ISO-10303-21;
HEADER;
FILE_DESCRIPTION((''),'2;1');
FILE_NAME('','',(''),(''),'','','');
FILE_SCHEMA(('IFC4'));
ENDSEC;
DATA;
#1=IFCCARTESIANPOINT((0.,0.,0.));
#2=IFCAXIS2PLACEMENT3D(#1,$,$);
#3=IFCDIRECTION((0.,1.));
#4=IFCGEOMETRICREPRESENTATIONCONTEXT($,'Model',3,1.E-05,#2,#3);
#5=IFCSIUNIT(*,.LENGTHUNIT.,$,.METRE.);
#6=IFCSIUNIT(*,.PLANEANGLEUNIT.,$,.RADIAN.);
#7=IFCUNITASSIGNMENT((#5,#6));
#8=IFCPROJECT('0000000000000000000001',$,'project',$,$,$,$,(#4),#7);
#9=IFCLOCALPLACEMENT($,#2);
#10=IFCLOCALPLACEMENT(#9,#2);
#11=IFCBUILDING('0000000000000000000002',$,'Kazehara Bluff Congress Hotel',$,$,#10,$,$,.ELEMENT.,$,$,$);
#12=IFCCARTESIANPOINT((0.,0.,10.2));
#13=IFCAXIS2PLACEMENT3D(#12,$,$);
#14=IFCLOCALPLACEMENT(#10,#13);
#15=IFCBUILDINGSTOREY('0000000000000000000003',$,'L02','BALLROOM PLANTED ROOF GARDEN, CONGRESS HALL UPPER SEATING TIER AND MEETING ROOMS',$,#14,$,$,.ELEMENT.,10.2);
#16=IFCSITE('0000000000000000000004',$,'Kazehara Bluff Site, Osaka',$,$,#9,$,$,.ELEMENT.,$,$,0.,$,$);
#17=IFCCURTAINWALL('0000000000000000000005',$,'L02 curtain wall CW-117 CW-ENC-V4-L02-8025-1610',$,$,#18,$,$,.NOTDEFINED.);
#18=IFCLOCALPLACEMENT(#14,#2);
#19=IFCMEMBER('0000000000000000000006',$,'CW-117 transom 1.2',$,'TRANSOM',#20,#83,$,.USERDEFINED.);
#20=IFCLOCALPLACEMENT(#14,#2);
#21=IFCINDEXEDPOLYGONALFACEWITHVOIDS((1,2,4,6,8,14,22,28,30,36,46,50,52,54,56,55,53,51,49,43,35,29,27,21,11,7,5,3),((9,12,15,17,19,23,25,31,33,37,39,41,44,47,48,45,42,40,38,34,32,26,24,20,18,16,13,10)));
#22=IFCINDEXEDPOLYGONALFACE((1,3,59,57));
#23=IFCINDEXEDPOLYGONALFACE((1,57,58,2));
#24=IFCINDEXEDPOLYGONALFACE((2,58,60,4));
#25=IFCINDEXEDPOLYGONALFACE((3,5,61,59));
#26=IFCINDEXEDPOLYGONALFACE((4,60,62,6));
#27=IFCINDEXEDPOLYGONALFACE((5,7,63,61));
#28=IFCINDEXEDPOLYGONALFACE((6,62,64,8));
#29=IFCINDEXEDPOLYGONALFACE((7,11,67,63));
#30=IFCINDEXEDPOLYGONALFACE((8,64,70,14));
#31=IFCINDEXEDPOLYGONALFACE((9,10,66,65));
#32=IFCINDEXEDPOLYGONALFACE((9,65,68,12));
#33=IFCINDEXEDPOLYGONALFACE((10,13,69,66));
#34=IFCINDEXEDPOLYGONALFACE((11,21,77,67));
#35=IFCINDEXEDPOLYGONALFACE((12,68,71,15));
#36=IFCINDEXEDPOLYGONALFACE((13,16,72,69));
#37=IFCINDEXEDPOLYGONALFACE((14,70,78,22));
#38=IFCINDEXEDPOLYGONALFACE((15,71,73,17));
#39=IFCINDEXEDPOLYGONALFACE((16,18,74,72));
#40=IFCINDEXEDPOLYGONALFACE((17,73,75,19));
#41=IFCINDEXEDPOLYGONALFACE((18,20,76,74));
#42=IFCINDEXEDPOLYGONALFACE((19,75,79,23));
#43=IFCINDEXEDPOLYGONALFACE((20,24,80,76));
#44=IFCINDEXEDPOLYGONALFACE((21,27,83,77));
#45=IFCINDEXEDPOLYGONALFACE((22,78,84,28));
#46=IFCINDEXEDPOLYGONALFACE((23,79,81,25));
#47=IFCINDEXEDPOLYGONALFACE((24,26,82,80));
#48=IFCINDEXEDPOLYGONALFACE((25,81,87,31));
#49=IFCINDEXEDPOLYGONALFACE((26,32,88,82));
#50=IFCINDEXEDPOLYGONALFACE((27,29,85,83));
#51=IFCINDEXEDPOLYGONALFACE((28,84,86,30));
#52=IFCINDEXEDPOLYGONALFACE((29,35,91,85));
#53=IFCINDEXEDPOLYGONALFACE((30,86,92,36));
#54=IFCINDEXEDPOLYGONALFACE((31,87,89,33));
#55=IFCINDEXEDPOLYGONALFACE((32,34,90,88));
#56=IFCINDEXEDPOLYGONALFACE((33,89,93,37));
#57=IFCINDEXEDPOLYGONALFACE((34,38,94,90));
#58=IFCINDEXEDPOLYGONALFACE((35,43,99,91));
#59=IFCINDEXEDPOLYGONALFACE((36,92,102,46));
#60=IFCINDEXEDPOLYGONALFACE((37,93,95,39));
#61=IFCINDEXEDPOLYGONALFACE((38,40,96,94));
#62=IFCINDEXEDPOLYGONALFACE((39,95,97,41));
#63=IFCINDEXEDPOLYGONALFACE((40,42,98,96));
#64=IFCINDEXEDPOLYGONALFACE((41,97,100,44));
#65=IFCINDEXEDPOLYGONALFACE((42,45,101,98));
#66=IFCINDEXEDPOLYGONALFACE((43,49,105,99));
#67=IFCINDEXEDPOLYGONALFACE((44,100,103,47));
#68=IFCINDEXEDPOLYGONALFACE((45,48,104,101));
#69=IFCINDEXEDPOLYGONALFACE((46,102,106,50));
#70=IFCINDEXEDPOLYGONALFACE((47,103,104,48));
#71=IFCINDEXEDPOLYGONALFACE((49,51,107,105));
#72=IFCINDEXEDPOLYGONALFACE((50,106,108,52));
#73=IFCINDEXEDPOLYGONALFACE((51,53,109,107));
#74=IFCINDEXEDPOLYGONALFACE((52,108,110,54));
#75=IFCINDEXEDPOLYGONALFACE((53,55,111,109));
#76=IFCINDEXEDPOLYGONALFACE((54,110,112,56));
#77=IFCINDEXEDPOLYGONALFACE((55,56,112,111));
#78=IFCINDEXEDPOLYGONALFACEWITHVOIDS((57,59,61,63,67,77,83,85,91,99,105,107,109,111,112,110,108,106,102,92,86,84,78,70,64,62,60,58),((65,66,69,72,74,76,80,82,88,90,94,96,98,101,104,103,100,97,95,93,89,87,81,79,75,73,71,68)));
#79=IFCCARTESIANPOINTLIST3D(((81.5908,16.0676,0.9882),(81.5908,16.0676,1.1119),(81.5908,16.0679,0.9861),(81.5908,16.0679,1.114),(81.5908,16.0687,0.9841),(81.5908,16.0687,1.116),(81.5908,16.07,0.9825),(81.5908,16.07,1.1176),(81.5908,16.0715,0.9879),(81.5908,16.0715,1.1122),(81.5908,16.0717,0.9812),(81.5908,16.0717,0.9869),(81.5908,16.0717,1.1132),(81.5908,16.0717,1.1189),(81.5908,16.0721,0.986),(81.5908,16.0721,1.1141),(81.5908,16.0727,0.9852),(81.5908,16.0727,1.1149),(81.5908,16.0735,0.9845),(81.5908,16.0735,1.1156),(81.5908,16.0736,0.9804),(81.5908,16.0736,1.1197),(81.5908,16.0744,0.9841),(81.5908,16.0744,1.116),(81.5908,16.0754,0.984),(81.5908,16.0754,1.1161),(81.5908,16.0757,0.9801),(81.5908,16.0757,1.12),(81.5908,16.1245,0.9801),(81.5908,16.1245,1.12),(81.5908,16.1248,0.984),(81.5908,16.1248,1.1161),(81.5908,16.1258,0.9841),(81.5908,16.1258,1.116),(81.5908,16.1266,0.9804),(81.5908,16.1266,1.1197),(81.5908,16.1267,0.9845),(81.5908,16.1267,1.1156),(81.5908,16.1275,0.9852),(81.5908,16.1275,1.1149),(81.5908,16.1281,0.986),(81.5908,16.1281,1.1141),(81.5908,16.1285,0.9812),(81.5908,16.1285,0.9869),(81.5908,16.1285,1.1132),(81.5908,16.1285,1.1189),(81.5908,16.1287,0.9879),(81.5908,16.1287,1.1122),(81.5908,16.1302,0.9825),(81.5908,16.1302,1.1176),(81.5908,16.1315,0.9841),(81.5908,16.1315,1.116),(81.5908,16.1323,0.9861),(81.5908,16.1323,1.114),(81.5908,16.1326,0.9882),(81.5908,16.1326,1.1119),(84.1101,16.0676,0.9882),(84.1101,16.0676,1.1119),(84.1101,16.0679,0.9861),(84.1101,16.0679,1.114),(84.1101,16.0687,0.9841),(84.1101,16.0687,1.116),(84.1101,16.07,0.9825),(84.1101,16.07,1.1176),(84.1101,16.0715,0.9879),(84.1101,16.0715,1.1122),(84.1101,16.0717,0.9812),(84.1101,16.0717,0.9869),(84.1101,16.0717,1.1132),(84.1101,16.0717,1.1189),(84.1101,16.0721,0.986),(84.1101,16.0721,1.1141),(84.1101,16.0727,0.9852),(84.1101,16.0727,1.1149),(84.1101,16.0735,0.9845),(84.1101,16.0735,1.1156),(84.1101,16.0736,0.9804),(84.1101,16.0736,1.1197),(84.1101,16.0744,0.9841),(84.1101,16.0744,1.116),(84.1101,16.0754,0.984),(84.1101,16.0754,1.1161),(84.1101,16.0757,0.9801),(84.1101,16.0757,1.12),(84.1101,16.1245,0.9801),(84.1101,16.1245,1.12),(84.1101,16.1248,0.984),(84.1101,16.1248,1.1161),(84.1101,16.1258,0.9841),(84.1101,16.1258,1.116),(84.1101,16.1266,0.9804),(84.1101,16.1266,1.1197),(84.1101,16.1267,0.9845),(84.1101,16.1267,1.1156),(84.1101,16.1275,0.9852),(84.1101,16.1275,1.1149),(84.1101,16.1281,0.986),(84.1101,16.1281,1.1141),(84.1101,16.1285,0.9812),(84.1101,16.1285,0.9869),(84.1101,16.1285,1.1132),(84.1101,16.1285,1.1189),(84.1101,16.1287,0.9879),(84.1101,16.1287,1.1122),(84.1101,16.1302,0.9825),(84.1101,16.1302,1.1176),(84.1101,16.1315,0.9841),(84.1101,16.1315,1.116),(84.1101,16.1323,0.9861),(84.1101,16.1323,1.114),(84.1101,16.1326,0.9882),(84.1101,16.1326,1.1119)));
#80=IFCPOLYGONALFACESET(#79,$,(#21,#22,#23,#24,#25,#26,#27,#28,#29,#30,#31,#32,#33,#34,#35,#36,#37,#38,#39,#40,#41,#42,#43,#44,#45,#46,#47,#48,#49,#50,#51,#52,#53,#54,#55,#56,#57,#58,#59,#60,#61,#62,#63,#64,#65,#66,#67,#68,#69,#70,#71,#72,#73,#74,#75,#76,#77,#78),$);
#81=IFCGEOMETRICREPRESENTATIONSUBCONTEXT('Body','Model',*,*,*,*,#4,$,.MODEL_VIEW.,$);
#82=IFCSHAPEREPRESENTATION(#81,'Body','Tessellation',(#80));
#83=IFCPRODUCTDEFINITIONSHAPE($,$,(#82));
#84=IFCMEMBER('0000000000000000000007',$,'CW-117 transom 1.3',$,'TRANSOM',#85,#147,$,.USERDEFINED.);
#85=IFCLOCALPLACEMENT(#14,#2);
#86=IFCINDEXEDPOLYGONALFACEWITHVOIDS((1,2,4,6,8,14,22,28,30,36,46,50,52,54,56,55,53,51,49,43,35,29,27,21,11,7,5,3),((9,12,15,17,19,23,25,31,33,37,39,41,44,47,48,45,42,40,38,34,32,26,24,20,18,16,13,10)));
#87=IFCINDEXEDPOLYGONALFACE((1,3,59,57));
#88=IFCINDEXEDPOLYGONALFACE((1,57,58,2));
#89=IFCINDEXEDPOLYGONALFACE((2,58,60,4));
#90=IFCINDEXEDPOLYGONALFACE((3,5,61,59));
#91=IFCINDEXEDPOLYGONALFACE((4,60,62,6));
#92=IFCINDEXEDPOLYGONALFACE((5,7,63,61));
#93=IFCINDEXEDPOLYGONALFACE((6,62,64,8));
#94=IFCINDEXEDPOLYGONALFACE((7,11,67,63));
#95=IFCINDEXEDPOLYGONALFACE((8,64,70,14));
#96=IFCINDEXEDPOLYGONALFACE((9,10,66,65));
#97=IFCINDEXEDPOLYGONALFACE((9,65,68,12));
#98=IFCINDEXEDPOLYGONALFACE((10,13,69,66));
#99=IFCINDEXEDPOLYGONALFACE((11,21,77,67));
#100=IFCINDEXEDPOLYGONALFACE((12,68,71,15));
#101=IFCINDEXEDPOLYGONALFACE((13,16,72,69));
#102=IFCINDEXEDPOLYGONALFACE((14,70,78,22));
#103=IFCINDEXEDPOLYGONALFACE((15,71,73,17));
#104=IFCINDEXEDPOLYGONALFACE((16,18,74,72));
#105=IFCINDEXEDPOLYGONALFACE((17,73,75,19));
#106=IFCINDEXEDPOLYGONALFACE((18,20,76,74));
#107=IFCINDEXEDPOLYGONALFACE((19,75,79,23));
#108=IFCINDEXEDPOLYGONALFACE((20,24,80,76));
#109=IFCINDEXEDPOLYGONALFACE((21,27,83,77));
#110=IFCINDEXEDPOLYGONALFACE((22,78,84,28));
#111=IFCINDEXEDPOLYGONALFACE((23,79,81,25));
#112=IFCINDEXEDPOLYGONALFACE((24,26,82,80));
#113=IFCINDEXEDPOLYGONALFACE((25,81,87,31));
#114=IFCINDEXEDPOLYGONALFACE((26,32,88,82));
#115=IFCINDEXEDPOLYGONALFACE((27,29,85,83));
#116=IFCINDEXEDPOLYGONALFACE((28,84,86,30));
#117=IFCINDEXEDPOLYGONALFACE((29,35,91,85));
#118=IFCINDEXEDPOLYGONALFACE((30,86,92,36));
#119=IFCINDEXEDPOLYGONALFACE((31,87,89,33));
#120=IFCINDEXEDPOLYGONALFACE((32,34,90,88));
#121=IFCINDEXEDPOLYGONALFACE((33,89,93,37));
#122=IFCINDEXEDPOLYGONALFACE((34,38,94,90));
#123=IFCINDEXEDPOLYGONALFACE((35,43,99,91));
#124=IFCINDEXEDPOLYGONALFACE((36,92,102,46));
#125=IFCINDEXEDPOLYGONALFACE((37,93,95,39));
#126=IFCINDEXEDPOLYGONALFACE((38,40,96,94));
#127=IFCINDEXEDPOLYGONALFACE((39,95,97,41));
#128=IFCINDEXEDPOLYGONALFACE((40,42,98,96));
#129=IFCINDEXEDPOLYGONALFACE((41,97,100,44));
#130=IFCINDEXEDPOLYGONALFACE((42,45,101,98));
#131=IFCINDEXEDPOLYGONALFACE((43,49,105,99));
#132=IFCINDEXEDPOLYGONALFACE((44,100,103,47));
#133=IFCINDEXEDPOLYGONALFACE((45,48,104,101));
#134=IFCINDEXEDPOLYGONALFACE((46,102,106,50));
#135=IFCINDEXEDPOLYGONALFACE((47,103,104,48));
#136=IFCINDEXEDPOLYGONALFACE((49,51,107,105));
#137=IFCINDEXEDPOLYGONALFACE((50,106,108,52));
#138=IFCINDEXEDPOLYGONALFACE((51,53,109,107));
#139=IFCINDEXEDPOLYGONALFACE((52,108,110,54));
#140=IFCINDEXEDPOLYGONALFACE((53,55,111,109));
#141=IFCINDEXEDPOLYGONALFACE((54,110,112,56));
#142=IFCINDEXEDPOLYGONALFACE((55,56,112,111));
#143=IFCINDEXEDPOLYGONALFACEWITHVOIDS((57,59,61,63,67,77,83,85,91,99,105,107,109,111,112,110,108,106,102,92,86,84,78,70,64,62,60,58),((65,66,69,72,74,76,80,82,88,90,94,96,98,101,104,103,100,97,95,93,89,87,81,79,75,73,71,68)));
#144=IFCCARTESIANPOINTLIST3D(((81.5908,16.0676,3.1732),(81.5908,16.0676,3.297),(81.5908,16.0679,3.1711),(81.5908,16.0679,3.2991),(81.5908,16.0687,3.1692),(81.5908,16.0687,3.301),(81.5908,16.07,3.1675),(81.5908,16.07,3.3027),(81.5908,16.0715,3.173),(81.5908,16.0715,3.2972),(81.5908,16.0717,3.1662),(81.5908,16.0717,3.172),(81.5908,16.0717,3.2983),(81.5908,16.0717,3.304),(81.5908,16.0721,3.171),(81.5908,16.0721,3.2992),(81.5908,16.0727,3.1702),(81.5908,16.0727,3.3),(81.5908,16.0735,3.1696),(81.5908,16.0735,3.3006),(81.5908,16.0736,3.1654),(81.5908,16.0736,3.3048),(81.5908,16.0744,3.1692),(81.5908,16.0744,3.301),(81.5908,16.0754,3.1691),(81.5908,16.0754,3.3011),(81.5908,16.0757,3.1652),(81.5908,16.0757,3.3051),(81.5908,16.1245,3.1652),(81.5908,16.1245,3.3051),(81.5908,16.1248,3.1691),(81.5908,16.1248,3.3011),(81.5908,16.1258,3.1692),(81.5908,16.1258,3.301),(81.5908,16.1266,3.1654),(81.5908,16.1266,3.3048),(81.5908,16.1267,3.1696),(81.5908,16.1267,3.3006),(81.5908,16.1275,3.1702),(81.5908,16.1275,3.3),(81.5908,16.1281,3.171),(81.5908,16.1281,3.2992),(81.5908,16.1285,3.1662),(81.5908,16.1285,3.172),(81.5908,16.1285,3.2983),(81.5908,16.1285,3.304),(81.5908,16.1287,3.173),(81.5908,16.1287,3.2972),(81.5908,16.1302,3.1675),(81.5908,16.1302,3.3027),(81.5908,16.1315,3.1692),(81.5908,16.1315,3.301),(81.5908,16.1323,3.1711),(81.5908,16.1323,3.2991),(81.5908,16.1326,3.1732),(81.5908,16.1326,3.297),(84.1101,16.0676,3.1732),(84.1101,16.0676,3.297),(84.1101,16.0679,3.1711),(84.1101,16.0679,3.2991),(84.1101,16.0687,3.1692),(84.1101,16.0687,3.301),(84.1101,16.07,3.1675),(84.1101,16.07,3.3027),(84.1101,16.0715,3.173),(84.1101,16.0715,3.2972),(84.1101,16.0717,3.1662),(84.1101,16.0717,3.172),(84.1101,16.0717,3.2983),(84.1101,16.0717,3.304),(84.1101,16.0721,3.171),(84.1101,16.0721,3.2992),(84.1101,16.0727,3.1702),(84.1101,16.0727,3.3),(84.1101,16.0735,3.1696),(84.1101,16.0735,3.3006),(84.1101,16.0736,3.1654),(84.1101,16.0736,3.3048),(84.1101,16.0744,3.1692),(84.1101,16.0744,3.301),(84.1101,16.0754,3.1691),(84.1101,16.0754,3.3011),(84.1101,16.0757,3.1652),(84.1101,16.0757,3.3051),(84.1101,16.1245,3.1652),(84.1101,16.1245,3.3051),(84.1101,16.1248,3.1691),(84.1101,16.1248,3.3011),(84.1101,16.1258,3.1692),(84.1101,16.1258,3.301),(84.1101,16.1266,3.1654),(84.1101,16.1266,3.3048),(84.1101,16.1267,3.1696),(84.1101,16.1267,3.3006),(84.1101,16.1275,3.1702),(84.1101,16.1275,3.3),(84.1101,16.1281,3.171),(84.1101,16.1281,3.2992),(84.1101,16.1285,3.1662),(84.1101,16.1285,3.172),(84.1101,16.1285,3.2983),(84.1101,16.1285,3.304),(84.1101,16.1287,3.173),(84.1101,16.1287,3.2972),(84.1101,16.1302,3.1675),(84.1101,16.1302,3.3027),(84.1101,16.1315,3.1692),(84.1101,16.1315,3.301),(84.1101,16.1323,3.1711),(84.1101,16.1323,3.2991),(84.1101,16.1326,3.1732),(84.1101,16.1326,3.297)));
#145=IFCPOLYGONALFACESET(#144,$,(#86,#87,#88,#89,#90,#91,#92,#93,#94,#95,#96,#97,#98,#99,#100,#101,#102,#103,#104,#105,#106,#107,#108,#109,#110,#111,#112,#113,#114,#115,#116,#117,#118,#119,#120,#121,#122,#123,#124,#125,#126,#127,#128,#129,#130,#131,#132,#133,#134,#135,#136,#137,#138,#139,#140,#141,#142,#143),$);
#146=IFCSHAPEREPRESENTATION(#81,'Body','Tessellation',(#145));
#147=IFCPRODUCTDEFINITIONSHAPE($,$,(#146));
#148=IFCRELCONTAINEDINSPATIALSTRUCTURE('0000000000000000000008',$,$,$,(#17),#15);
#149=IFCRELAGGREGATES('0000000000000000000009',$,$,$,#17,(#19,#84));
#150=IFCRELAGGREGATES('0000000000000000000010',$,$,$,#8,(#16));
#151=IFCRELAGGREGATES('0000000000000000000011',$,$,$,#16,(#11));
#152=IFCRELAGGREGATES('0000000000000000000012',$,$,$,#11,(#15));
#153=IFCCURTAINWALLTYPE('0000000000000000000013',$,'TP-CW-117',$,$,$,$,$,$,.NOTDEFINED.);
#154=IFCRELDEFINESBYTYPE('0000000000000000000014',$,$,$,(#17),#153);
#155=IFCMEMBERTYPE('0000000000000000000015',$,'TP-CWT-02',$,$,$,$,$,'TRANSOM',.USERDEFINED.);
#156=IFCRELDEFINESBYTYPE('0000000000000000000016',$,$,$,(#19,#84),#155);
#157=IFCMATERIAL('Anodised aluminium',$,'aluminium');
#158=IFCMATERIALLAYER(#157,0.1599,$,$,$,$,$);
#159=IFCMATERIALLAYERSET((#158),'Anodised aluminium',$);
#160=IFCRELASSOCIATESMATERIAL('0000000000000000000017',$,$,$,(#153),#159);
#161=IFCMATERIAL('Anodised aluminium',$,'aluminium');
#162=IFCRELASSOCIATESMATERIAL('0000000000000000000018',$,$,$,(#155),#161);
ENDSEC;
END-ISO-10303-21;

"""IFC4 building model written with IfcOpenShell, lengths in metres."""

from ifc_helpers import new_model, si_unit, direction, frame, origin, origin_2d, place, context, subcontext, project, spatial, hollow_rectangle, extrude, material, layer, layer_set, material_profile, profile_set, type_object, element, aggregate, save


model = new_model("IFC4")

# Units and contexts
model_context = context("Model", 3, precision=1e-05, world=origin(), true_north=direction((0.0, 1.0)))
body_context = subcontext(model_context, "Body", "Model", "MODEL_VIEW")
ifc_project = project(units=[si_unit("LENGTHUNIT", "METRE"), si_unit("PLANEANGLEUNIT", "RADIAN")], contexts=[model_context])

# Site, building, storey
site_placement = place(None, origin())
site = spatial("IfcSite", under=ifc_project, at=site_placement, Name="Kazehara Bluff Site, Osaka", CompositionType="ELEMENT", RefElevation=0.0)
building_placement = place(site_placement, origin())
building = spatial("IfcBuilding", under=site, at=building_placement, Name="Kazehara Bluff Congress Hotel", CompositionType="ELEMENT")
storey_placement = place(building_placement, frame((0.0, 0.0, 10.2)))
storey = spatial("IfcBuildingStorey", under=building, at=storey_placement, Name="L02", Description="BALLROOM PLANTED ROOF GARDEN, CONGRESS HALL UPPER SEATING TIER AND MEETING ROOMS", CompositionType="ELEMENT", Elevation=10.2)

# Curtain wall
ifc_material_1 = material(Name="Anodised aluminium", Category="aluminium")
ifc_layer_1 = layer(ifc_material_1, 0.1599)
ifc_layer_set_1 = layer_set([ifc_layer_1], Name="Anodised aluminium")
curtain_wall_type = type_object("IfcCurtainWallType", Name="TP-CW-117", PredefinedType="NOTDEFINED", material=ifc_layer_set_1)
curtain_wall_1_placement = place(storey_placement, origin())
curtain_wall_1 = element("IfcCurtainWall", 1, at=curtain_wall_1_placement, inside=storey, type_object=curtain_wall_type, Name="L02 curtain wall CW-117 CW-ENC-V4-L02-8025-1610", PredefinedType="NOTDEFINED")

# Members
ifc_material_2 = material(Name="Anodised aluminium", Category="aluminium")
ifc_material_profile_1 = material_profile(ifc_material_2, hollow_rectangle(XDim=0.0649, YDim=0.1399, WallThickness=0.0039, InnerFilletRadius=0.0039, OuterFilletRadius=0.0081, at=origin_2d()))
ifc_profile_set_1 = profile_set([ifc_material_profile_1], Name="Anodised aluminium")
member_type_1 = type_object("IfcMemberType", Name="TP-CWT-02", ElementType="TRANSOM", PredefinedType="USERDEFINED", material=ifc_profile_set_1)
member_1_placement = place(storey_placement, frame((84.1101, 16.1001, 1.05), z_axis=(-1.0, 0.0, 0.0), x_axis=(0.0, -1.0, 0.0)))
member_1 = element("IfcMember", 2, at=member_1_placement, type_object=member_type_1, Name="CW-117 transom 1.2", ObjectType="TRANSOM", PredefinedType="USERDEFINED", context=body_context, shape_type="SweptSolid", body=[
    extrude(hollow_rectangle(XDim=0.0649, YDim=0.1399, WallThickness=0.0039, InnerFilletRadius=0.0039, OuterFilletRadius=0.0081, at=origin_2d()), origin(), (0.0, 0.0, 1.0), 2.5193),
])
member_2_placement = place(storey_placement, frame((84.1101, 16.1001, 3.2351), z_axis=(-1.0, 0.0, 0.0), x_axis=(0.0, -1.0, 0.0)))
member_2 = element("IfcMember", 3, at=member_2_placement, type_object=member_type_1, Name="CW-117 transom 1.3", ObjectType="TRANSOM", PredefinedType="USERDEFINED", context=body_context, shape_type="SweptSolid", body=[
    extrude(hollow_rectangle(XDim=0.0649, YDim=0.1399, WallThickness=0.0039, InnerFilletRadius=0.0039, OuterFilletRadius=0.0081, at=origin_2d()), origin(), (0.0, 0.0, 1.0), 2.5193),
])

aggregate(curtain_wall_1, [member_1, member_2])

save(model, "model.ifc")
